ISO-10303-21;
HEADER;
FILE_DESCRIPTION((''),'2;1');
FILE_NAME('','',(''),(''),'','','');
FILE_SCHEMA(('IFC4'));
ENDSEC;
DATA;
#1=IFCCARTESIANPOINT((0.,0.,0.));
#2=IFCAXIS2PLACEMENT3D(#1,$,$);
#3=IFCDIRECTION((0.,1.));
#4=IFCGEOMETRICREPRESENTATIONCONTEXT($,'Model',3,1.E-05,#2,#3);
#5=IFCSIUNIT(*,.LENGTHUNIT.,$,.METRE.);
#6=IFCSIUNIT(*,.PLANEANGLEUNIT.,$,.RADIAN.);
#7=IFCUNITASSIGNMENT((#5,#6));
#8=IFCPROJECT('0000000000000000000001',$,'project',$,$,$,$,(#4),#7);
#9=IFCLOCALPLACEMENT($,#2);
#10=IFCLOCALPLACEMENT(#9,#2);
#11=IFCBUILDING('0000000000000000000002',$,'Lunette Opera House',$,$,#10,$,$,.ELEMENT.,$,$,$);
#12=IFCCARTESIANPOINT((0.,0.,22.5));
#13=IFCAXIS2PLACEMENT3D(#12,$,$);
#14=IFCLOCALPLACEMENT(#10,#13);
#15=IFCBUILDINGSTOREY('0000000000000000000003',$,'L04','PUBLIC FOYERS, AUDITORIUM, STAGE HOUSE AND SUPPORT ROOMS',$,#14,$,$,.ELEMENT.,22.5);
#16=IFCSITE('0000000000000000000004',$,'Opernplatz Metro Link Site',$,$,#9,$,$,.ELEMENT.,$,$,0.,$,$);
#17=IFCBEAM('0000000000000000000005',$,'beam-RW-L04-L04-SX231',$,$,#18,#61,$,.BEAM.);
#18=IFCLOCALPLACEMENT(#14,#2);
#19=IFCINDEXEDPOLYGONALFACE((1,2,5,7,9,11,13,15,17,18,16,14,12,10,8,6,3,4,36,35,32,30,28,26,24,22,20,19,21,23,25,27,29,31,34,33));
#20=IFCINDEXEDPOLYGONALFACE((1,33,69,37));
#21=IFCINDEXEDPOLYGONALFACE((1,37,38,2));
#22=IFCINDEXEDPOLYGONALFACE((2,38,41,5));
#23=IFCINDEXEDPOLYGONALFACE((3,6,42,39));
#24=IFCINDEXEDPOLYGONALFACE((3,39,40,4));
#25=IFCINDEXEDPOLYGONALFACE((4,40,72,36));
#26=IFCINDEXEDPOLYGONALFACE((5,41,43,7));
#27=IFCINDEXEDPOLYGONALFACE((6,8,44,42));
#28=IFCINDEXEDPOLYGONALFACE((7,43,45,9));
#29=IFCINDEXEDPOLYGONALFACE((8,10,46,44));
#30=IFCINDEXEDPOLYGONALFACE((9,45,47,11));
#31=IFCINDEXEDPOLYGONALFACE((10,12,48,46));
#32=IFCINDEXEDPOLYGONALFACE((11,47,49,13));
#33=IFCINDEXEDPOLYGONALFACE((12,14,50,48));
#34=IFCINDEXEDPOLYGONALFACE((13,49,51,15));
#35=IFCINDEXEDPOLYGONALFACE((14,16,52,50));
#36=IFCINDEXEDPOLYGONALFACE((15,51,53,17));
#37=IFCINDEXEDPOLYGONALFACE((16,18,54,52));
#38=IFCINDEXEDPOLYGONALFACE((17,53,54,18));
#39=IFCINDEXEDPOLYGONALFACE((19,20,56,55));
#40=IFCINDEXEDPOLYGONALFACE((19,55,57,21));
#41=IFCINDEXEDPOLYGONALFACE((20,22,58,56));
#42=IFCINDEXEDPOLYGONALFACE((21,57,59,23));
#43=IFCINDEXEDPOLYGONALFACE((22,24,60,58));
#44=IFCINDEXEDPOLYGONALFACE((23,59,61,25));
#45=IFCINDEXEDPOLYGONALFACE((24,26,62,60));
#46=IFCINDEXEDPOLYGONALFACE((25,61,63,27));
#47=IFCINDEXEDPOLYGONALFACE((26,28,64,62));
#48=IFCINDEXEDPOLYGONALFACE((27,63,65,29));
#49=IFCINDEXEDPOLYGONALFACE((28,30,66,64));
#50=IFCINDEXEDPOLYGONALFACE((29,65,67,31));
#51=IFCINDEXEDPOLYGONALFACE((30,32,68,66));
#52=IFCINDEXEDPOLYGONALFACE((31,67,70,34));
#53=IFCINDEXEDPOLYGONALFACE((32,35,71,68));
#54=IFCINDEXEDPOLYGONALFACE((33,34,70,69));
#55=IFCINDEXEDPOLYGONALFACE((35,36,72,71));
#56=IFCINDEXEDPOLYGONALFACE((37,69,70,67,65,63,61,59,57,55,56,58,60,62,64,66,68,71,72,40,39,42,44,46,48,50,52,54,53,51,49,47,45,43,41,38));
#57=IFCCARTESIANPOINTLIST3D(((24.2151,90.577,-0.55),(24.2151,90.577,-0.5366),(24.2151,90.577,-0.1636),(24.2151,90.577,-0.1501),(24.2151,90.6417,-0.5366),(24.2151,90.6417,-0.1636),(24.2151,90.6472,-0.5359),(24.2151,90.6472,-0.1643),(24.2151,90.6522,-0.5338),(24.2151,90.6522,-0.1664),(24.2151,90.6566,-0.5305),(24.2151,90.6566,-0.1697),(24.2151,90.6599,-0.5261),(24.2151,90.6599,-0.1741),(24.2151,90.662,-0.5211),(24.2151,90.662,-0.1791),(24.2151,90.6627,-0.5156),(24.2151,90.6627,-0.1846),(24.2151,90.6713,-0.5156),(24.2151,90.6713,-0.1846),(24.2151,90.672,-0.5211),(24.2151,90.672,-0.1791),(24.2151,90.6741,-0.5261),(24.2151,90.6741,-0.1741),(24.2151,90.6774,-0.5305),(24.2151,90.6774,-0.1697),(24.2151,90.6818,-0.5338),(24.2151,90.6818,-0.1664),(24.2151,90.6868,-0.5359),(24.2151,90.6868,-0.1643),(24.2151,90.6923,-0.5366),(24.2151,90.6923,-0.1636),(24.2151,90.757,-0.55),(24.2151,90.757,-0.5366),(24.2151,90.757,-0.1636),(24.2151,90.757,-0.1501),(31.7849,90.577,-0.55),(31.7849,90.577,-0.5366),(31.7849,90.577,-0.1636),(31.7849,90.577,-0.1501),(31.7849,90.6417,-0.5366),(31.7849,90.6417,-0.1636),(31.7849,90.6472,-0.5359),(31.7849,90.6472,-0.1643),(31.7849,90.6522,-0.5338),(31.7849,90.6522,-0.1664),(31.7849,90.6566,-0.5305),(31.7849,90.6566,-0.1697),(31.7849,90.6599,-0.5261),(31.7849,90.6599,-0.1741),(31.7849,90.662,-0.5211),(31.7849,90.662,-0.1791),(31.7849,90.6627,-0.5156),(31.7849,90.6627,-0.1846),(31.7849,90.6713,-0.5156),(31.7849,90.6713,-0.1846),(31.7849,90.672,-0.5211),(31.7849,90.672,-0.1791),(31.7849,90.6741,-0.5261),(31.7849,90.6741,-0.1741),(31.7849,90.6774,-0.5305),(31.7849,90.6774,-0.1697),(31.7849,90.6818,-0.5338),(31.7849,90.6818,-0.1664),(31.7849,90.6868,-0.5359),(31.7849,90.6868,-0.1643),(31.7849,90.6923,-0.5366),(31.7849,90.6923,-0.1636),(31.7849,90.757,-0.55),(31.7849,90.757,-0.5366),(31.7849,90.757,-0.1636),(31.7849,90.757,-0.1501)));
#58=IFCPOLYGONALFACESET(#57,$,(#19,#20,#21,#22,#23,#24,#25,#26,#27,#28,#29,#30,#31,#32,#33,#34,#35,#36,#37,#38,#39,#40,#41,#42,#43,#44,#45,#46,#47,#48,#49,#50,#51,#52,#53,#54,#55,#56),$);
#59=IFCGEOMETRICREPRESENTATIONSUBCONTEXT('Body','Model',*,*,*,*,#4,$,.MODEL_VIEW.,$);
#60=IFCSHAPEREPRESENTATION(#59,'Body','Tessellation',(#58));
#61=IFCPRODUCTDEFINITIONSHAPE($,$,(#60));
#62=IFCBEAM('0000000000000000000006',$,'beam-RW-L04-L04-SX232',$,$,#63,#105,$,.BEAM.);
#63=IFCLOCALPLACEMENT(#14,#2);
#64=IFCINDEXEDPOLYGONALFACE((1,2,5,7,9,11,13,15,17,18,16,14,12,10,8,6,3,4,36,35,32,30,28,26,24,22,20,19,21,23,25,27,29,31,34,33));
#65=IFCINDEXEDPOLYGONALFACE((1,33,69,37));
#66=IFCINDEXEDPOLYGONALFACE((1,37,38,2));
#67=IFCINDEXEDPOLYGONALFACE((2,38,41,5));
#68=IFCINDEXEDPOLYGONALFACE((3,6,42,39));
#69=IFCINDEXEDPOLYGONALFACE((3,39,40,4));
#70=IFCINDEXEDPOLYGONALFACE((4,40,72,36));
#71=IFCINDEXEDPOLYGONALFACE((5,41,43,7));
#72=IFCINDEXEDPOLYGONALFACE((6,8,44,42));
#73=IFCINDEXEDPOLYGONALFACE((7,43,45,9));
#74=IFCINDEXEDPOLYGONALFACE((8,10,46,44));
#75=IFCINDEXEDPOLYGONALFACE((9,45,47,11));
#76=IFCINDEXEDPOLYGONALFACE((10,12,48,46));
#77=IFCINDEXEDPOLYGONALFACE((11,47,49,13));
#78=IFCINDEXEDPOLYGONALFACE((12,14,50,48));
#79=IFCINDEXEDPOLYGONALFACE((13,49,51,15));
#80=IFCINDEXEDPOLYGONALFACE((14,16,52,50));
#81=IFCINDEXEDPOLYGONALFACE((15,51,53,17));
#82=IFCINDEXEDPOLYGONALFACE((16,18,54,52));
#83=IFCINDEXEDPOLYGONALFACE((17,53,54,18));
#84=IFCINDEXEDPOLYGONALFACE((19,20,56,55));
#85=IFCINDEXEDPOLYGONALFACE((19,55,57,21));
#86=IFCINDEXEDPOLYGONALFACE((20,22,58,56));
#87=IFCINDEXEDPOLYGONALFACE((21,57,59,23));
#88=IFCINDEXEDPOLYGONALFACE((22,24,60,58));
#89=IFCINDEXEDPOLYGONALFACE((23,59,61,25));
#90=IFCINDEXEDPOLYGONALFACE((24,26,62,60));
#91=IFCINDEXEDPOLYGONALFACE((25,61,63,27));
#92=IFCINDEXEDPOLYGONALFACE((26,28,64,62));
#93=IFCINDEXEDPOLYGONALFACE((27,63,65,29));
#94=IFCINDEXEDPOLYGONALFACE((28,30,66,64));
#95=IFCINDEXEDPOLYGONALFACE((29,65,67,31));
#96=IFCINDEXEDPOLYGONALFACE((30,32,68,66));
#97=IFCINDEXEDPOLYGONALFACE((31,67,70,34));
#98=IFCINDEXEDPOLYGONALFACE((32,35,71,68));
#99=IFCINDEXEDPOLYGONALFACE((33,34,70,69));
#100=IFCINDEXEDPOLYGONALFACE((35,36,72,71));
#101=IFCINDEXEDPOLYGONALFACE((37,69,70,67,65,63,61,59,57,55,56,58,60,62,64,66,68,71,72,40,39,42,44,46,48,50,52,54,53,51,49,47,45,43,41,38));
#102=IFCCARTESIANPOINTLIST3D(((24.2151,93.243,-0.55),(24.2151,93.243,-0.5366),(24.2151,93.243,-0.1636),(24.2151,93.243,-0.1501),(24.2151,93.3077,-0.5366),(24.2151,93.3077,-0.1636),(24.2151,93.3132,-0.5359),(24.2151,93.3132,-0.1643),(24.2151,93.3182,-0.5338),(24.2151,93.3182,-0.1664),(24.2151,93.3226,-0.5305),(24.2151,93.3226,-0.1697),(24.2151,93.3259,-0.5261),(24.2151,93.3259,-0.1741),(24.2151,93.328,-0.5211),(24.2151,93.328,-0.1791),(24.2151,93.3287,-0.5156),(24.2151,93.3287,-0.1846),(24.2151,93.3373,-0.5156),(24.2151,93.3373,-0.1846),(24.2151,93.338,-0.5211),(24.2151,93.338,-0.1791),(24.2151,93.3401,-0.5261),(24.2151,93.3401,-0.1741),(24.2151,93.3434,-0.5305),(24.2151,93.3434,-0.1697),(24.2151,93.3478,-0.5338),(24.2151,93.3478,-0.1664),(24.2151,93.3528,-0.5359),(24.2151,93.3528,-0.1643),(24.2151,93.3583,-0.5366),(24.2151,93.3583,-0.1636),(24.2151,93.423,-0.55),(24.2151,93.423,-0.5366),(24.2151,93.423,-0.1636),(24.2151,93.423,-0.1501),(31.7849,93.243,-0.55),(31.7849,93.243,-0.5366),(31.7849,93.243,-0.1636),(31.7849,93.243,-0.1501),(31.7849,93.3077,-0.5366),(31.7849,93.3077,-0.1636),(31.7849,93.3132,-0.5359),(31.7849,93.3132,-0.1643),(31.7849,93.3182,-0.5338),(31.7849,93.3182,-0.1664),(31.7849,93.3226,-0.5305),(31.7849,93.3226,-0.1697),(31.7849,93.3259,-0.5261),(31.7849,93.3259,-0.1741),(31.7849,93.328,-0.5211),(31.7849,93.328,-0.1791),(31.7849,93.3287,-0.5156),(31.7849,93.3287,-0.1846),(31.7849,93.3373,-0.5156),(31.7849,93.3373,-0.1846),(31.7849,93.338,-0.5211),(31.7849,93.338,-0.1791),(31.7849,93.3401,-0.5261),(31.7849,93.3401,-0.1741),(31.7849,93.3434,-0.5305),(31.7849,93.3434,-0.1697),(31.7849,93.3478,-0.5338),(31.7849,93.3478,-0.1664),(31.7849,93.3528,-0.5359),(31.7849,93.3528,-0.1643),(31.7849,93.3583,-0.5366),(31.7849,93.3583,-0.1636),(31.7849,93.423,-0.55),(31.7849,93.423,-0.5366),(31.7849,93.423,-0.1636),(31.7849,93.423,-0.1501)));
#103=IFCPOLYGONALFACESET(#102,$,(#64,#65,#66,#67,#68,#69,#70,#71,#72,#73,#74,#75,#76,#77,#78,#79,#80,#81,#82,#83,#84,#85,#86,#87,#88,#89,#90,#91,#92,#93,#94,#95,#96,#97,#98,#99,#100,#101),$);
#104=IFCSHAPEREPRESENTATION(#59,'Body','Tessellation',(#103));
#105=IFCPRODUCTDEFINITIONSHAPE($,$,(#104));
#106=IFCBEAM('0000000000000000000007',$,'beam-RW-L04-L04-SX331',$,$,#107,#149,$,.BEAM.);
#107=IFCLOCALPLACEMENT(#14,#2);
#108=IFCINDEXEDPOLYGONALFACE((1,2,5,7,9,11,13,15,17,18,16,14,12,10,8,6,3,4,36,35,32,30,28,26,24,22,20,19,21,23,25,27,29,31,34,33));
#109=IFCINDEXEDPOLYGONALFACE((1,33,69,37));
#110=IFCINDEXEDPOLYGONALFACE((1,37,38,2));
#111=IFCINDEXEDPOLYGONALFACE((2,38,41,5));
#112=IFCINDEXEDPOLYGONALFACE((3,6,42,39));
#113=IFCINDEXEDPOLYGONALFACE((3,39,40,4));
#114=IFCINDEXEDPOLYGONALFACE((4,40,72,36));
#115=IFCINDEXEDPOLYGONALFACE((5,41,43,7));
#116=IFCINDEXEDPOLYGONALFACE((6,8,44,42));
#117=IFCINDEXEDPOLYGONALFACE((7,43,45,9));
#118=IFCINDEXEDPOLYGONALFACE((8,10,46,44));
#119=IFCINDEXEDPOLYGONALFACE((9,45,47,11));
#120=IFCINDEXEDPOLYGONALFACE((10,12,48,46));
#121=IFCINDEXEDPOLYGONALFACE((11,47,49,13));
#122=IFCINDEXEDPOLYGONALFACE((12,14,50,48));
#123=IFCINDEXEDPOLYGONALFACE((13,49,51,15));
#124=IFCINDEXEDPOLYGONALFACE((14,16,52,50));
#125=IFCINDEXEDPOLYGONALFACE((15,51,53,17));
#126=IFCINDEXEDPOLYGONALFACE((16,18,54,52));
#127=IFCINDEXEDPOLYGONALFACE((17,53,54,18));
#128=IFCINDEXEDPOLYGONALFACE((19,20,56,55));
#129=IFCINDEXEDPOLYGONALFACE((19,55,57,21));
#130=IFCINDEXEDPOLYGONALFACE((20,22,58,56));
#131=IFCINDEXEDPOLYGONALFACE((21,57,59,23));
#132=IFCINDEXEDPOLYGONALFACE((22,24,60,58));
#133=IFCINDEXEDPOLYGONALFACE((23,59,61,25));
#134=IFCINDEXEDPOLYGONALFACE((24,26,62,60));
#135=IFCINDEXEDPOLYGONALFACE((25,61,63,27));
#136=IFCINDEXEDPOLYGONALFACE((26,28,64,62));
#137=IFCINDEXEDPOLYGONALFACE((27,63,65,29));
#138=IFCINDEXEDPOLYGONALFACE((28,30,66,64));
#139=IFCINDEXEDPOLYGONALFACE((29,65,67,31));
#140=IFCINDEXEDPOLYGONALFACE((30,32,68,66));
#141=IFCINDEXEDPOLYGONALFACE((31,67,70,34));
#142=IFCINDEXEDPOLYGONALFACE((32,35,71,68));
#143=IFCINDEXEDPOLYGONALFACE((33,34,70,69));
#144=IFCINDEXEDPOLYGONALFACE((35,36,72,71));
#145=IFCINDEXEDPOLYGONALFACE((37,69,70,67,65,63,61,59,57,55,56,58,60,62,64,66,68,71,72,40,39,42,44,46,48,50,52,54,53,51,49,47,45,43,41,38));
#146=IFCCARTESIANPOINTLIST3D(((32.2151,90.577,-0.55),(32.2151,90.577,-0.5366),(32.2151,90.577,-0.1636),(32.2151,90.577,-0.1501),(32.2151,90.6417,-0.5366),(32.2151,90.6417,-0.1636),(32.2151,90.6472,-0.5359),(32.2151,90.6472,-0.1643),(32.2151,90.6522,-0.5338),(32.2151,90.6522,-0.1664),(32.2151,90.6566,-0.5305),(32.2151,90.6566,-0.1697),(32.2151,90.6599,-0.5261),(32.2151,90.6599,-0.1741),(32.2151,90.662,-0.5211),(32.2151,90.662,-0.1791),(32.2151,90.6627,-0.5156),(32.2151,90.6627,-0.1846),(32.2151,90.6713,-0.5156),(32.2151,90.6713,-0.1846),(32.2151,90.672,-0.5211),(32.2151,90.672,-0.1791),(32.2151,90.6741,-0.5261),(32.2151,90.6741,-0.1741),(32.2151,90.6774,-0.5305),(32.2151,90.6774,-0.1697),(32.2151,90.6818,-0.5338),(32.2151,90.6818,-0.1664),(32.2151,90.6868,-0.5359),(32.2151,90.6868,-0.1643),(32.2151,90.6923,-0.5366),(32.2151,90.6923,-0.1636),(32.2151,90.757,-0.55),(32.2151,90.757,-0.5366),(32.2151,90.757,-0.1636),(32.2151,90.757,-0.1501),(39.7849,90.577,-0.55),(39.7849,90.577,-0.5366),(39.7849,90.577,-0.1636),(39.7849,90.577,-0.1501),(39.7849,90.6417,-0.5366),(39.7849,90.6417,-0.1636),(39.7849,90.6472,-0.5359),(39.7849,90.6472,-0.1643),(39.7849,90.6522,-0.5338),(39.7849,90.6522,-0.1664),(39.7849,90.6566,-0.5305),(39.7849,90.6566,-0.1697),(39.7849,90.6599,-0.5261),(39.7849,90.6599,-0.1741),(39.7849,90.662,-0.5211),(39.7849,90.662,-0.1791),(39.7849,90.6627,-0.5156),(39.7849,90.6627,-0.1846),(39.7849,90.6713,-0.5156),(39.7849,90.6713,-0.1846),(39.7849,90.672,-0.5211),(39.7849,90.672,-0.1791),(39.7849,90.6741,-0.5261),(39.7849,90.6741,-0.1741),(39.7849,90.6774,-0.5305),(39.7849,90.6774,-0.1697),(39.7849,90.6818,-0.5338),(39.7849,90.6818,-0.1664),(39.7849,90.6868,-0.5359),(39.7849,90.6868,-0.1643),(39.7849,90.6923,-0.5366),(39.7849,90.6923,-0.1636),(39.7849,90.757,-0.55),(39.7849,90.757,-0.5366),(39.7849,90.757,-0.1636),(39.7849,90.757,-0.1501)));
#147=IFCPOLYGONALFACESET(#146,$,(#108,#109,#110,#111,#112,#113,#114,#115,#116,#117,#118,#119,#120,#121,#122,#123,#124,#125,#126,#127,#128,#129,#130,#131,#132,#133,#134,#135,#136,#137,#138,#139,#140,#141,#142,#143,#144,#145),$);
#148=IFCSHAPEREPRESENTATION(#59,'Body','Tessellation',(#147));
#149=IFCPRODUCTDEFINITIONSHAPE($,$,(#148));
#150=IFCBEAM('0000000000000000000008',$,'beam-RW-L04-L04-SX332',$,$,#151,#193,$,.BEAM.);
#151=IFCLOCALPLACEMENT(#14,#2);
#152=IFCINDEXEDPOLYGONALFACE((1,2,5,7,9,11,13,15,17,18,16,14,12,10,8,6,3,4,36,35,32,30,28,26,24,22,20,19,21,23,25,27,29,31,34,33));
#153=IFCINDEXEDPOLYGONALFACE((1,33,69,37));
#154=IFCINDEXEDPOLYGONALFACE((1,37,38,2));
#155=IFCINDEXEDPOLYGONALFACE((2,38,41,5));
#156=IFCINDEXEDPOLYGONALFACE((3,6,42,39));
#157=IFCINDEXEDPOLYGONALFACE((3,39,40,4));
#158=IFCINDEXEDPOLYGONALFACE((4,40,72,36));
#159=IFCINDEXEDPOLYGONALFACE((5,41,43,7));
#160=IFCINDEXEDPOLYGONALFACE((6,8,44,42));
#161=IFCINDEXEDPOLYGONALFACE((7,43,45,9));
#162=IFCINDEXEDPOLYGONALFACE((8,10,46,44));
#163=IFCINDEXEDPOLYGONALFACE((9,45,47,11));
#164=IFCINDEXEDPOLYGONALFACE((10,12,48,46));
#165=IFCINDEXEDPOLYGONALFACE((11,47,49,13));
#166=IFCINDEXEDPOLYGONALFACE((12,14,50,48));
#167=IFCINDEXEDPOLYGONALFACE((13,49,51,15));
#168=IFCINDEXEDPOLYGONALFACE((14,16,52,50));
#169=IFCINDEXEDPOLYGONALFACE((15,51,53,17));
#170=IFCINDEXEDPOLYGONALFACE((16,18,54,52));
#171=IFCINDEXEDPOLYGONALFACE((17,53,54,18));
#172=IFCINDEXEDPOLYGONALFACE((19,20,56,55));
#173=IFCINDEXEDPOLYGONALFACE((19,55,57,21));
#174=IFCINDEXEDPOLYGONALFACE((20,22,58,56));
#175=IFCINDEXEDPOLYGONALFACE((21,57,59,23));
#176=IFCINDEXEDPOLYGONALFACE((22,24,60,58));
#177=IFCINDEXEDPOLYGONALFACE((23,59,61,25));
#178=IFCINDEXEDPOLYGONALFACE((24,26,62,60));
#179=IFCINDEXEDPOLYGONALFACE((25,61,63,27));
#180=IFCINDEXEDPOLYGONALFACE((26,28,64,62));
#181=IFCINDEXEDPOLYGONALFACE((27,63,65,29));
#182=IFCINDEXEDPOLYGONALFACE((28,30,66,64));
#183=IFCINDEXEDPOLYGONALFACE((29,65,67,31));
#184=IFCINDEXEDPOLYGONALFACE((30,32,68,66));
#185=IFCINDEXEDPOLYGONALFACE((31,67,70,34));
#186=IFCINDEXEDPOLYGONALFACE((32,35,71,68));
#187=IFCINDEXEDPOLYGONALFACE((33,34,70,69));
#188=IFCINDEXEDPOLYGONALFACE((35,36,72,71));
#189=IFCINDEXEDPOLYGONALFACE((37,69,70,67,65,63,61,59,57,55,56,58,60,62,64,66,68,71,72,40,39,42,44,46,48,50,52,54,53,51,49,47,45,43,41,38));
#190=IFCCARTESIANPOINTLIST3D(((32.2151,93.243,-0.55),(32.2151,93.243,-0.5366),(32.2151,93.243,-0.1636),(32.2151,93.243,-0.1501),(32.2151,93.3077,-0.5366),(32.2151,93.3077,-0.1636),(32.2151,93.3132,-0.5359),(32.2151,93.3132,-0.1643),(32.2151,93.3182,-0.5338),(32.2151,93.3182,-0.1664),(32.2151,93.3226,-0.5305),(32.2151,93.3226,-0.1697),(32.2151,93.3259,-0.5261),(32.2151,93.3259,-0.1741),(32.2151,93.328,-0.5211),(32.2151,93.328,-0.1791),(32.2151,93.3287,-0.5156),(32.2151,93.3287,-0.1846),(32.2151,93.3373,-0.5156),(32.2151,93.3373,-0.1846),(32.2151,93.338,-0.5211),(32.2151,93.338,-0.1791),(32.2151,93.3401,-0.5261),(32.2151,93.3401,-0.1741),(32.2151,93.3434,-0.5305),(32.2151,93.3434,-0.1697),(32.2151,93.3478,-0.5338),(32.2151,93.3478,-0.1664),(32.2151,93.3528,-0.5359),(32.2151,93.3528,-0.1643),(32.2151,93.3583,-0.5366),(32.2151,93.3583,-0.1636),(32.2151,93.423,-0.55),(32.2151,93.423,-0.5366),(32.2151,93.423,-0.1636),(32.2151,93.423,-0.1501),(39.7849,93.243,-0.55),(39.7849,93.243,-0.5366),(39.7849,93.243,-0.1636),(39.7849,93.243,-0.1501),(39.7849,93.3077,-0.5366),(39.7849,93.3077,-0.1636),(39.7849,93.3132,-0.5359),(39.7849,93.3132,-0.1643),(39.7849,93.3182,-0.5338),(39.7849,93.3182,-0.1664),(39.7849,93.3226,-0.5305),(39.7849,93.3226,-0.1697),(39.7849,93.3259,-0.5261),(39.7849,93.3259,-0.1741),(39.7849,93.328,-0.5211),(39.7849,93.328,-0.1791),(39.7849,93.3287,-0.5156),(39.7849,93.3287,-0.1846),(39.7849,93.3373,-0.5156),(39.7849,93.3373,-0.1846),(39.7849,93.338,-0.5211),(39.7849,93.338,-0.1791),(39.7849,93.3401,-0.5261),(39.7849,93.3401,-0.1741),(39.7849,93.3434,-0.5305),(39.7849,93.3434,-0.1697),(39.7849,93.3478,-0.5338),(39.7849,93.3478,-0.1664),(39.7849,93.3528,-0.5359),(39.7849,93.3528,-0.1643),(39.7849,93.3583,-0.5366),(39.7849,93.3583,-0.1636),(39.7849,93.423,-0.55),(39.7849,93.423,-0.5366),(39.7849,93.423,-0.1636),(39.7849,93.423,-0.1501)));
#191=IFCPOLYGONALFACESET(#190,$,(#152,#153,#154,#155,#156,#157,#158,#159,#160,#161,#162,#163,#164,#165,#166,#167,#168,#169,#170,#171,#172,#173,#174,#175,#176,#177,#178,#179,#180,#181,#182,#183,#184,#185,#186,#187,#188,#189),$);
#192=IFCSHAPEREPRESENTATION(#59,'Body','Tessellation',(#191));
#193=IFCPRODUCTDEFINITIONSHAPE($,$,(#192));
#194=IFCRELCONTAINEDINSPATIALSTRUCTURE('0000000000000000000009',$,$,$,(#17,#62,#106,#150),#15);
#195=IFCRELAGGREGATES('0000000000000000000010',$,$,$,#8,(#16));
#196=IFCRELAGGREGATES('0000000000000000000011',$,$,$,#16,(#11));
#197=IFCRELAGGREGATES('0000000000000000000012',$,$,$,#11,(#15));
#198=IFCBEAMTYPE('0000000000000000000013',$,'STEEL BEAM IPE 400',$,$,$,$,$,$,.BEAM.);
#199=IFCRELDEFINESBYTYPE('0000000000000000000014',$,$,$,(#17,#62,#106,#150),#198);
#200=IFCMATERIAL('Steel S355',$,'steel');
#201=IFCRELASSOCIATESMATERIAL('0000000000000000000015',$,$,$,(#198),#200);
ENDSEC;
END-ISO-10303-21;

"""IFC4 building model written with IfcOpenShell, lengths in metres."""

from ifc_helpers import new_model, si_unit, direction, frame, origin, origin_2d, place, context, subcontext, project, spatial, i_section, extrude, material, material_profile, profile_set, type_object, element, save


model = new_model("IFC4")

# Units and contexts
model_context = context("Model", 3, precision=1e-05, world=origin(), true_north=direction((0.0, 1.0)))
body_context = subcontext(model_context, "Body", "Model", "MODEL_VIEW")
ifc_project = project(units=[si_unit("LENGTHUNIT", "METRE"), si_unit("PLANEANGLEUNIT", "RADIAN")], contexts=[model_context])

# Site, building, storey
site_placement = place(None, origin())
site = spatial("IfcSite", under=ifc_project, at=site_placement, Name="Opernplatz Metro Link Site", CompositionType="ELEMENT", RefElevation=0.0)
building_placement = place(site_placement, origin())
building = spatial("IfcBuilding", under=site, at=building_placement, Name="Lunette Opera House", CompositionType="ELEMENT")
storey_placement = place(building_placement, frame((0.0, 0.0, 22.5)))
storey = spatial("IfcBuildingStorey", under=building, at=storey_placement, Name="L04", Description="PUBLIC FOYERS, AUDITORIUM, STAGE HOUSE AND SUPPORT ROOMS", CompositionType="ELEMENT", Elevation=22.5)

# Beams
ifc_material_1 = material(Name="Steel S355", Category="steel")
ifc_material_profile_1 = material_profile(ifc_material_1, i_section(OverallWidth=0.1799, OverallDepth=0.3999, WebThickness=0.0085, FlangeThickness=0.0134, FilletRadius=0.021, at=origin_2d()), Name="IPE 400")
ifc_profile_set_1 = profile_set([ifc_material_profile_1], Name="Steel S355")
beam_type_1 = type_object("IfcBeamType", Name="STEEL BEAM IPE 400", PredefinedType="BEAM", material=ifc_profile_set_1)
for number, where, z_axis, x_axis, name in (
    (1, (24.2151, 90.667, -0.3501), (1.0, 0.0, 0.0), (0.0, 1.0, 0.0), "beam-RW-L04-L04-SX231"),
    (2, (24.2151, 93.333, -0.3501), (1.0, 0.0, 0.0), (0.0, 1.0, 0.0), "beam-RW-L04-L04-SX232"),
    (3, (32.2151, 90.667, -0.3501), (1.0, 0.0, 0.0), (0.0, 1.0, 0.0), "beam-RW-L04-L04-SX331"),
    (4, (32.2151, 93.333, -0.3501), (1.0, 0.0, 0.0), (0.0, 1.0, 0.0), "beam-RW-L04-L04-SX332"),
):
    element("IfcBeam", number, at=place(storey_placement, frame(where, z_axis=z_axis, x_axis=x_axis)), inside=storey, type_object=beam_type_1, Name=name, PredefinedType="BEAM", context=body_context, shape_type="SweptSolid", body=[
        extrude(i_section(OverallWidth=0.1799, OverallDepth=0.3999, WebThickness=0.0085, FlangeThickness=0.0134, FilletRadius=0.021, at=origin_2d()), origin(), (0.0, 0.0, 1.0), 7.5698),
    ])

save(model, "model.ifc")
